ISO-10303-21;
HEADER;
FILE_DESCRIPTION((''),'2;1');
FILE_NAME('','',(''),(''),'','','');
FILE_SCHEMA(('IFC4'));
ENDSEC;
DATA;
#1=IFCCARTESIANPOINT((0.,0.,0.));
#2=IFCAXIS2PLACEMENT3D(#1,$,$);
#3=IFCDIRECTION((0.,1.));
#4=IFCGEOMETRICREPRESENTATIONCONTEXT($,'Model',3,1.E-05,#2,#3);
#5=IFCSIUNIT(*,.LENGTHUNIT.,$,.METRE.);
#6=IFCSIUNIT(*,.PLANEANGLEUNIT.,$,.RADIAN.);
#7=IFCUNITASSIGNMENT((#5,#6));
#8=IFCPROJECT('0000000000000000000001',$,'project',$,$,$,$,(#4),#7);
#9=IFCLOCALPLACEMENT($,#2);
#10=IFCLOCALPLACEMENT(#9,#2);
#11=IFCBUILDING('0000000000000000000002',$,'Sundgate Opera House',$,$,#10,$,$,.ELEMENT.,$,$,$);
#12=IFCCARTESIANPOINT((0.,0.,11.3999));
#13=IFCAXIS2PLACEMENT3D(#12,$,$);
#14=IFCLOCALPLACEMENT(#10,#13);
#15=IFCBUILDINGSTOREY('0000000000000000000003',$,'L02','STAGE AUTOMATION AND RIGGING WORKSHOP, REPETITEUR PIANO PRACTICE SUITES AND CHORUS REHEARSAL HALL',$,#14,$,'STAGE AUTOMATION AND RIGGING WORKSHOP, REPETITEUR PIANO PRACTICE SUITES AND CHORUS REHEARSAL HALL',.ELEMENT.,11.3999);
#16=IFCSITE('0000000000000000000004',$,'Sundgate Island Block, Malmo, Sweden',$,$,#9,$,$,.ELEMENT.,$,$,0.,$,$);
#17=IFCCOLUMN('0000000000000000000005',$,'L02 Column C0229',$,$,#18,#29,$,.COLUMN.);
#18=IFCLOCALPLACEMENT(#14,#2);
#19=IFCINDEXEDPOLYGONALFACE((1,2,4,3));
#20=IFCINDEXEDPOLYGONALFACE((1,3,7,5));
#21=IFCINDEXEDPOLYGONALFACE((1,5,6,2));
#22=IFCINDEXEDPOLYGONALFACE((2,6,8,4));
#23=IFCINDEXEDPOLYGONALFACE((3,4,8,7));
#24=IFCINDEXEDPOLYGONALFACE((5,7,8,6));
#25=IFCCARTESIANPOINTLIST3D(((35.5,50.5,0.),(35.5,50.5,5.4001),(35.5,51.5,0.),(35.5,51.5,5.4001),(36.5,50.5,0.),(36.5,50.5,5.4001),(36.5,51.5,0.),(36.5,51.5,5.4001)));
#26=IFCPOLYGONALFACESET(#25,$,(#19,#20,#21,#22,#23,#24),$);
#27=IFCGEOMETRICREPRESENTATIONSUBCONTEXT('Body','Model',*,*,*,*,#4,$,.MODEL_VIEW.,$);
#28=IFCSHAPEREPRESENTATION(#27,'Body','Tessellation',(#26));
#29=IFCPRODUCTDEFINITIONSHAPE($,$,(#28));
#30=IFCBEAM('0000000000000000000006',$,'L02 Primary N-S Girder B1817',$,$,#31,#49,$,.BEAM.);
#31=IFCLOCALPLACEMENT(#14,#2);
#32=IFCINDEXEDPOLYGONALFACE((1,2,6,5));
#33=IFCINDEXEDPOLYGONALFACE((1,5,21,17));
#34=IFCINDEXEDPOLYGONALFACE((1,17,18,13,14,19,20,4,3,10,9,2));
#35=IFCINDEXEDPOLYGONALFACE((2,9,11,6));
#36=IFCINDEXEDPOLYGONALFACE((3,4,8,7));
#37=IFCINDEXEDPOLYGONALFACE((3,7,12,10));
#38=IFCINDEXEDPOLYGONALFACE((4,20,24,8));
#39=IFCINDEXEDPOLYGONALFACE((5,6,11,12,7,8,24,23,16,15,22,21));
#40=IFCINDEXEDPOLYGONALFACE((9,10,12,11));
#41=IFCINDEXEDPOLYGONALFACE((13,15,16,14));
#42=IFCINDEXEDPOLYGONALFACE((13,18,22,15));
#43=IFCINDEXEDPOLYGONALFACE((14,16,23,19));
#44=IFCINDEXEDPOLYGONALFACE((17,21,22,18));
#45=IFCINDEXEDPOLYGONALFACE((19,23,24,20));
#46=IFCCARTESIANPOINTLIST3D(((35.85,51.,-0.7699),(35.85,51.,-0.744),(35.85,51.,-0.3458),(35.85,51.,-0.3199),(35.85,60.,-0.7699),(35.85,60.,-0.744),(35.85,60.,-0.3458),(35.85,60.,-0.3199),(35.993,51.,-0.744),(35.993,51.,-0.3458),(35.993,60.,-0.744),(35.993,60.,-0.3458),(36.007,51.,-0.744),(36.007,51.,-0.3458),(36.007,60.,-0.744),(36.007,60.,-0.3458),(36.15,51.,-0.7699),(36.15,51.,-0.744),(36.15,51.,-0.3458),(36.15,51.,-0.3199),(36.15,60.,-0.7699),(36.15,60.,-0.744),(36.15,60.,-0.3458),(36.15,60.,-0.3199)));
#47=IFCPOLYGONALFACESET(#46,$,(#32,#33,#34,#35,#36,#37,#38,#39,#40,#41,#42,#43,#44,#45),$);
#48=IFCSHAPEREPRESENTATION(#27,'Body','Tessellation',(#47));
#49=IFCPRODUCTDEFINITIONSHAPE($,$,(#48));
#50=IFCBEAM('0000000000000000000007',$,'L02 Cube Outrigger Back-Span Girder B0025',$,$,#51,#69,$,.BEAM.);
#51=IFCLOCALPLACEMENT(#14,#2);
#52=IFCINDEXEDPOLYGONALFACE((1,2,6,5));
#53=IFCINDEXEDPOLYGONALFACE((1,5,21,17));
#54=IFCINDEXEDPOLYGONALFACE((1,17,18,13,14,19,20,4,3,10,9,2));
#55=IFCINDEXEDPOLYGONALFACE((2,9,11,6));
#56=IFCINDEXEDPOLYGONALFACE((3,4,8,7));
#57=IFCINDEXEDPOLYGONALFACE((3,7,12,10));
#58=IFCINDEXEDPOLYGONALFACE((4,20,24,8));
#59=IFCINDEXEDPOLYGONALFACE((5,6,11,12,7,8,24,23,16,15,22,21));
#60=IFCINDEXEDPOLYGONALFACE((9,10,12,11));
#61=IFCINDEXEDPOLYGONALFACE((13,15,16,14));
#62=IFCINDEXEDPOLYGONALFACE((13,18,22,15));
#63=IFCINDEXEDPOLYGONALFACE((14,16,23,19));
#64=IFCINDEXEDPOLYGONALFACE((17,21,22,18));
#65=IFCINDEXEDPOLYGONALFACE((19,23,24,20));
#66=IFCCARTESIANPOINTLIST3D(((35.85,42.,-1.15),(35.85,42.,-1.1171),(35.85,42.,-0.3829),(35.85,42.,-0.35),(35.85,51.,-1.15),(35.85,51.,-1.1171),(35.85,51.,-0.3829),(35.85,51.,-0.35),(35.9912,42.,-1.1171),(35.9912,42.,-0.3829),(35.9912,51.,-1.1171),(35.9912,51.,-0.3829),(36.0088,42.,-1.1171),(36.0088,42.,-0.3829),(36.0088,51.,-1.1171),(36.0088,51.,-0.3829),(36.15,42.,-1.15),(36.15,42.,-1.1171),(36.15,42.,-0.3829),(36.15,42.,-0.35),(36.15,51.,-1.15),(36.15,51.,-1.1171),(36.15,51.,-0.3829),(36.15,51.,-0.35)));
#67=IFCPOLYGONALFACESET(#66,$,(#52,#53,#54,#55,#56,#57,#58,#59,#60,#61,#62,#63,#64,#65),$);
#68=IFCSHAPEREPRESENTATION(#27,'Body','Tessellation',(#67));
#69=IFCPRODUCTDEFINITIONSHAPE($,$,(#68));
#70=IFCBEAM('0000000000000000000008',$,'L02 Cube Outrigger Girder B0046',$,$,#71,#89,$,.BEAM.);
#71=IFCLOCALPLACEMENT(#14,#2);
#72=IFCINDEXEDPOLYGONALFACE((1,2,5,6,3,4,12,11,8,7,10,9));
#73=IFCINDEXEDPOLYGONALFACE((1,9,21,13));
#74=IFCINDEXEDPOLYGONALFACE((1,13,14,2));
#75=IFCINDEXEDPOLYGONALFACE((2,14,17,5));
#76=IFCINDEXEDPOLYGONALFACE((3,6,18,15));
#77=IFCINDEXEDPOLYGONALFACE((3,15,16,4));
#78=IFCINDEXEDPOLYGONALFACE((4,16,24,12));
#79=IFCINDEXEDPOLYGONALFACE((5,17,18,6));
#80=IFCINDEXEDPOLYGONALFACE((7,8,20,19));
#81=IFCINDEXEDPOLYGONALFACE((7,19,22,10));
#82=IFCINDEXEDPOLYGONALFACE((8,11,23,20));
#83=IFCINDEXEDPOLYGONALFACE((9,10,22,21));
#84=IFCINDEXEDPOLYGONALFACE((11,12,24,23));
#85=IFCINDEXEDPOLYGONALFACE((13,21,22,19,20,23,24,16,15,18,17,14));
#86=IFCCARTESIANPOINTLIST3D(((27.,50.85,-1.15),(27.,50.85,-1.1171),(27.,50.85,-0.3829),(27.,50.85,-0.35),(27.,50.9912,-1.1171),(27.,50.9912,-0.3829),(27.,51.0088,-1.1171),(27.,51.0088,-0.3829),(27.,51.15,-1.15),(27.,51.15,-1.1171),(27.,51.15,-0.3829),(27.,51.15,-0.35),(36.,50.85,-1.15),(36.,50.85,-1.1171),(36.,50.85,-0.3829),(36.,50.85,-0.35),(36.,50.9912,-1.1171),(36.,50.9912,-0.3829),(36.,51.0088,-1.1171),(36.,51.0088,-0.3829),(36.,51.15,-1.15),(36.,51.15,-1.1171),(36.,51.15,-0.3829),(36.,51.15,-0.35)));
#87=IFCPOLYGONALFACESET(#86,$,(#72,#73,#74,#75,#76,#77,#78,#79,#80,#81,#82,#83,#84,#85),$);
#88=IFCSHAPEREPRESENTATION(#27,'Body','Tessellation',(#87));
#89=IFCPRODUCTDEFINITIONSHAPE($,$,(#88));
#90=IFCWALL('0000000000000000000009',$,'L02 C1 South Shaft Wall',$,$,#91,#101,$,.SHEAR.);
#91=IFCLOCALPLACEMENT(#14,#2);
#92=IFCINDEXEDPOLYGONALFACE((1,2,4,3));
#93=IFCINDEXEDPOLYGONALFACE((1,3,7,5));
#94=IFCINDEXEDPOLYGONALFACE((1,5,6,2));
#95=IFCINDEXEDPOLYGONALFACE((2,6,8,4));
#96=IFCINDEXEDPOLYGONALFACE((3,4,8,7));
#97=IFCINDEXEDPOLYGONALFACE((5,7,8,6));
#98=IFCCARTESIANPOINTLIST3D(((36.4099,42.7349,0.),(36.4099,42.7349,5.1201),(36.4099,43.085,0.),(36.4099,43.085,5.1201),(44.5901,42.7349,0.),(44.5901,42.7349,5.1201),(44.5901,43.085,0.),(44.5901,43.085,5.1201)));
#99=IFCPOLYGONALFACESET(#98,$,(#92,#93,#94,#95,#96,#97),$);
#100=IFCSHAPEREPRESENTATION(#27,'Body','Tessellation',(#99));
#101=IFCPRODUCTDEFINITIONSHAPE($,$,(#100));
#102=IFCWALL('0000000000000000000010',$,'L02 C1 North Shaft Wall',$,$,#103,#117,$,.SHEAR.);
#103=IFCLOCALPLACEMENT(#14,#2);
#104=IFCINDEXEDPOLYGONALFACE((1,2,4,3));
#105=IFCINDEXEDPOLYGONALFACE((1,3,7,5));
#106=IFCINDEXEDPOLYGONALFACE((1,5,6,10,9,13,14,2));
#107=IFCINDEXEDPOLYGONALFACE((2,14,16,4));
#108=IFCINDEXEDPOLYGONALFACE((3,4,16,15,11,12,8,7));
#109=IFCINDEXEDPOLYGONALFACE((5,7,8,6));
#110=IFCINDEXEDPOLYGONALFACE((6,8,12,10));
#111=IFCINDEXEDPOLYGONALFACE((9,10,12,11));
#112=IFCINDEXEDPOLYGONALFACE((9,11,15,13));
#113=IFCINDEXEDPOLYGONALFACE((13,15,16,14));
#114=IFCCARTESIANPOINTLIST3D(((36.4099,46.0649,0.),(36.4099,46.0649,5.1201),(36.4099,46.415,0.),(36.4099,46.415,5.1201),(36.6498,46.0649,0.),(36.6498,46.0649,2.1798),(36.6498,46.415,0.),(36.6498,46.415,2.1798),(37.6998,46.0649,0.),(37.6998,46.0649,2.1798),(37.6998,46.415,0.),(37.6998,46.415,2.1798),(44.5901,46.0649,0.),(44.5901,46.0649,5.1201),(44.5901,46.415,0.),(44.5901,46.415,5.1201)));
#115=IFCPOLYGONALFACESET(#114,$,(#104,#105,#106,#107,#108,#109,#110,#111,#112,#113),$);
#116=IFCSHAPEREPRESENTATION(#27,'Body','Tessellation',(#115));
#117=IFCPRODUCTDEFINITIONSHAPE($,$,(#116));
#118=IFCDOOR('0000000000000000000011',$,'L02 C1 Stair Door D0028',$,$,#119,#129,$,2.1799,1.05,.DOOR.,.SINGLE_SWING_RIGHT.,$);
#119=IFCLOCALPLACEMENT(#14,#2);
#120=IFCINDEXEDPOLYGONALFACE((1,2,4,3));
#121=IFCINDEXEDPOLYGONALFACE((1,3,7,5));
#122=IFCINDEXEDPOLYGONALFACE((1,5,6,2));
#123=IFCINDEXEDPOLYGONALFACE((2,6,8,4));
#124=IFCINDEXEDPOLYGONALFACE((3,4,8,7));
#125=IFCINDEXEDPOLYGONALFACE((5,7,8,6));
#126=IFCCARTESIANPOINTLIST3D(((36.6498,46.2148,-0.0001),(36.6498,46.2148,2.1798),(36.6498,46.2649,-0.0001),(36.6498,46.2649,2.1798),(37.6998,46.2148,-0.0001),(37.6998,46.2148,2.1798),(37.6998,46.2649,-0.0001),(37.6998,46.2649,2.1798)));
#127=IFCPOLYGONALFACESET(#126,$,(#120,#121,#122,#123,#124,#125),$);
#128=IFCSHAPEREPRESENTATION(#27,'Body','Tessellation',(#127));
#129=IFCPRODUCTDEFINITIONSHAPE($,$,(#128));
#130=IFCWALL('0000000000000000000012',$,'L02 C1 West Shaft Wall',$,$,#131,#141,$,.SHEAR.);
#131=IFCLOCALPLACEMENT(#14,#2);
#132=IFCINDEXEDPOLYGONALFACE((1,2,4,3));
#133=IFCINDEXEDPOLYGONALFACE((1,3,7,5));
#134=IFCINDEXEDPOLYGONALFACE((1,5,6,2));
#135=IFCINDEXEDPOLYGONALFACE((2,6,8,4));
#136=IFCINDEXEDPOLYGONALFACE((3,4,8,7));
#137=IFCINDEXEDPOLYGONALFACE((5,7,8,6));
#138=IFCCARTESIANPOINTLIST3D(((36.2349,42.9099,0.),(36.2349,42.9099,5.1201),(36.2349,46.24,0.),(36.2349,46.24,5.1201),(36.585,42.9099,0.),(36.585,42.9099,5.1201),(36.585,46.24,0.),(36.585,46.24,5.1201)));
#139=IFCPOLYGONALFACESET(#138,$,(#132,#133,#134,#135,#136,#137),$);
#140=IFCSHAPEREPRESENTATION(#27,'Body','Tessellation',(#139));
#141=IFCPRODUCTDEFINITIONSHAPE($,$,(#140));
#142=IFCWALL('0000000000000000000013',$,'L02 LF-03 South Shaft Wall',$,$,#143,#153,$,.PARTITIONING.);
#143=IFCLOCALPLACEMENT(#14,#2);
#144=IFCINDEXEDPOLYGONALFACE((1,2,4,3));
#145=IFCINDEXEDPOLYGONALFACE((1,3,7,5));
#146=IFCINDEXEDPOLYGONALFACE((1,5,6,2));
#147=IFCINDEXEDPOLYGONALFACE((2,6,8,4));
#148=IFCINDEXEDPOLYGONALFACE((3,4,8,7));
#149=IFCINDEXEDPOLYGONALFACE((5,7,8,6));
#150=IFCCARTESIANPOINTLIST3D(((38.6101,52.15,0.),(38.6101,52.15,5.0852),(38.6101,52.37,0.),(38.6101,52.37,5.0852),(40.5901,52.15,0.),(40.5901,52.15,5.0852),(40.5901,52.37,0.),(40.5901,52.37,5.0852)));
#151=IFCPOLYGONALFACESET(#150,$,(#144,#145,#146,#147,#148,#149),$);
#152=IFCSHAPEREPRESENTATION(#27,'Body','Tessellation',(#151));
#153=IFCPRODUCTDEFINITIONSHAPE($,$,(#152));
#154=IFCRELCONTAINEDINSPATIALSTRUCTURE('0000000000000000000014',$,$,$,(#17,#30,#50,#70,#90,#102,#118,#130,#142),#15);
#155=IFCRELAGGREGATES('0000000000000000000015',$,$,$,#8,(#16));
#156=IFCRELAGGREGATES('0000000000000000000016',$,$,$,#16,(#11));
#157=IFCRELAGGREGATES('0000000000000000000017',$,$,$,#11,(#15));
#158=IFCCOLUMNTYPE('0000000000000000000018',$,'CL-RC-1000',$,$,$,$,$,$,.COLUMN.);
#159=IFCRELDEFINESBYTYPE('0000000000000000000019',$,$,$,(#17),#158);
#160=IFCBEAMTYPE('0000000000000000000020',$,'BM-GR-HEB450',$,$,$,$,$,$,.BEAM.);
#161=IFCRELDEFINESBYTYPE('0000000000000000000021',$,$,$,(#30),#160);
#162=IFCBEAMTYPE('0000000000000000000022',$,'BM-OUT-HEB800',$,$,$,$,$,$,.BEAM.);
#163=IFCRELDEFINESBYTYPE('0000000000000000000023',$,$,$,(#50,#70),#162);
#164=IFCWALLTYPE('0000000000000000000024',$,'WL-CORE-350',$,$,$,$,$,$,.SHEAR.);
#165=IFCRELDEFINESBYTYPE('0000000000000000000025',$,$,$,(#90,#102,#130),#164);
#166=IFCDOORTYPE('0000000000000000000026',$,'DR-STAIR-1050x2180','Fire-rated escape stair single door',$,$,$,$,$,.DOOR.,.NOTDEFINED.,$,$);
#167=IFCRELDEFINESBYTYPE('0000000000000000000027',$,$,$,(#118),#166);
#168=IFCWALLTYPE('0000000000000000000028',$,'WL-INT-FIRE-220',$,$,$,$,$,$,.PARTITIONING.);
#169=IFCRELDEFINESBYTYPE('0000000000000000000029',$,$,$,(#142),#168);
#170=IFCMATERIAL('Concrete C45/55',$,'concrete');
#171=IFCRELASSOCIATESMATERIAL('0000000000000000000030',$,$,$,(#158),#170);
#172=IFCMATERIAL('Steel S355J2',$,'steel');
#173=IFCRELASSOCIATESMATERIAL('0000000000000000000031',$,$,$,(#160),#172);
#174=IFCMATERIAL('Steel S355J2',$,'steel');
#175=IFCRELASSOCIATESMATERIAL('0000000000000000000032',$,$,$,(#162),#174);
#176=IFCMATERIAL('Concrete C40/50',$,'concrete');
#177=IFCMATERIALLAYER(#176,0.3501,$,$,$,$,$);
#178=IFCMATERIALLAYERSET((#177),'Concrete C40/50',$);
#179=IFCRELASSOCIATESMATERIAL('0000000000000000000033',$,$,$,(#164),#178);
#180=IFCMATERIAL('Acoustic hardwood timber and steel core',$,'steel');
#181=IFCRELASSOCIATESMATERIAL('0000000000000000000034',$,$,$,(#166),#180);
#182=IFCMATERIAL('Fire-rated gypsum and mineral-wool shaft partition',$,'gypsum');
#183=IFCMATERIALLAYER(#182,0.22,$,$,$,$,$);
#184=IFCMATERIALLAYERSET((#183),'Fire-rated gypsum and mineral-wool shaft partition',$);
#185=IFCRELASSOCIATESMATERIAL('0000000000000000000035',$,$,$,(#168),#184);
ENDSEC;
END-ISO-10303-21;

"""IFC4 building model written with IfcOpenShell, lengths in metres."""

from ifc_helpers import new_model, si_unit, direction, frame, frame_2d, origin, origin_2d, place, context, subcontext, project, spatial, rectangle, i_section, extrude, material, layer, layer_set, material_profile, profile_set, type_object, element, fill, save


model = new_model("IFC4")

# Units and contexts
model_context = context("Model", 3, precision=1e-05, world=origin(), true_north=direction((0.0, 1.0)))
body_context = subcontext(model_context, "Body", "Model", "MODEL_VIEW")
ifc_project = project(units=[si_unit("LENGTHUNIT", "METRE"), si_unit("PLANEANGLEUNIT", "RADIAN")], contexts=[model_context])

# Site, building, storey
site_placement = place(None, origin())
site = spatial("IfcSite", under=ifc_project, at=site_placement, Name="Sundgate Island Block, Malmo, Sweden", CompositionType="ELEMENT", RefElevation=0.0)
building_placement = place(site_placement, origin())
building = spatial("IfcBuilding", under=site, at=building_placement, Name="Sundgate Opera House", CompositionType="ELEMENT")
storey_placement = place(building_placement, frame((0.0, 0.0, 11.3999)))
storey = spatial("IfcBuildingStorey", under=building, at=storey_placement, Name="L02", Description="STAGE AUTOMATION AND RIGGING WORKSHOP, REPETITEUR PIANO PRACTICE SUITES AND CHORUS REHEARSAL HALL", LongName="STAGE AUTOMATION AND RIGGING WORKSHOP, REPETITEUR PIANO PRACTICE SUITES AND CHORUS REHEARSAL HALL", CompositionType="ELEMENT", Elevation=11.3999)

# Column
ifc_material_1 = material(Name="Concrete C45/55", Category="concrete")
ifc_material_profile_1 = material_profile(ifc_material_1, rectangle(XDim=1.0, YDim=1.0, at=origin_2d()), Name="RC 1000x1000")
ifc_profile_set_1 = profile_set([ifc_material_profile_1], Name="Concrete C45/55")
column_type = type_object("IfcColumnType", Name="CL-RC-1000", PredefinedType="COLUMN", material=ifc_profile_set_1)
column_placement = place(storey_placement, frame((36.0, 51.0, 0.0), z_axis=(0.0, 0.0, 1.0), x_axis=(1.0, 0.0, 0.0)))
element("IfcColumn", 1, at=column_placement, inside=storey, type_object=column_type, Name="L02 Column C0229", PredefinedType="COLUMN", context=body_context, shape_type="SweptSolid", body=[
    extrude(rectangle(XDim=1.0, YDim=1.0, at=origin_2d()), origin(), (0.0, 0.0, 1.0), 5.4001),
])

# Beams
ifc_material_2 = material(Name="Steel S355J2", Category="steel")
ifc_material_profile_2 = material_profile(ifc_material_2, i_section(OverallWidth=0.3, OverallDepth=0.45, WebThickness=0.0139, FlangeThickness=0.0259, at=origin_2d()), Name="HEB 450")
ifc_profile_set_2 = profile_set([ifc_material_profile_2], Name="Steel S355J2")
beam_type_1 = type_object("IfcBeamType", Name="BM-GR-HEB450", PredefinedType="BEAM", material=ifc_profile_set_2)
beam_placement = place(storey_placement, frame((36.0, 51.0, -0.5449), z_axis=(0.0, 1.0, 0.0), x_axis=(-1.0, 0.0, 0.0)))
element("IfcBeam", 2, at=beam_placement, inside=storey, type_object=beam_type_1, Name="L02 Primary N-S Girder B1817", PredefinedType="BEAM", context=body_context, shape_type="SweptSolid", body=[
    extrude(i_section(OverallWidth=0.3, OverallDepth=0.45, WebThickness=0.0139, FlangeThickness=0.0259, at=origin_2d()), origin(), (0.0, 0.0, 1.0), 9.0),
])
ifc_material_3 = material(Name="Steel S355J2", Category="steel")
ifc_material_profile_3 = material_profile(ifc_material_3, i_section(OverallWidth=0.3, OverallDepth=0.8, WebThickness=0.0176, FlangeThickness=0.033, at=origin_2d()), Name="HEB 800")
ifc_profile_set_3 = profile_set([ifc_material_profile_3], Name="Steel S355J2")
beam_type_2 = type_object("IfcBeamType", Name="BM-OUT-HEB800", PredefinedType="BEAM", material=ifc_profile_set_3)
for number, where, z_axis, x_axis, name in (
    (3, (36.0, 51.0, -0.75), (0.0, -1.0, 0.0), (1.0, 0.0, 0.0), "L02 Cube Outrigger Back-Span Girder B0025"),
    (4, (36.0, 51.0, -0.75), (-1.0, 0.0, 0.0), (0.0, -1.0, 0.0), "L02 Cube Outrigger Girder B0046"),
):
    element("IfcBeam", number, at=place(storey_placement, frame(where, z_axis=z_axis, x_axis=x_axis)), inside=storey, type_object=beam_type_2, Name=name, PredefinedType="BEAM", context=body_context, shape_type="SweptSolid", body=[
        extrude(i_section(OverallWidth=0.3, OverallDepth=0.8, WebThickness=0.0176, FlangeThickness=0.033, at=origin_2d()), origin(), (0.0, 0.0, 1.0), 9.0),
    ])

# Wall
ifc_material_4 = material(Name="Concrete C40/50", Category="concrete")
ifc_layer_1 = layer(ifc_material_4, 0.3501)
ifc_layer_set_1 = layer_set([ifc_layer_1], Name="Concrete C40/50")
wall_type_1 = type_object("IfcWallType", Name="WL-CORE-350", PredefinedType="SHEAR", material=ifc_layer_set_1)
wall_1_placement = place(storey_placement, frame((36.4099, 42.9099, 0.0), z_axis=(0.0, 0.0, 1.0), x_axis=(1.0, 0.0, 0.0)))
element("IfcWall", 5, at=wall_1_placement, inside=storey, type_object=wall_type_1, Name="L02 C1 South Shaft Wall", PredefinedType="SHEAR", context=body_context, shape_type="SweptSolid", body=[
    extrude(rectangle(XDim=8.1802, YDim=0.3501, at=frame_2d((4.0901, 0.0))), origin(), (0.0, 0.0, 1.0), 5.1201),
])

# Wall, opening, door
wall_2_placement = place(storey_placement, frame((36.4099, 46.24, 0.0), z_axis=(0.0, 0.0, 1.0), x_axis=(1.0, 0.0, 0.0)))
wall_2 = element("IfcWall", 6, at=wall_2_placement, inside=storey, type_object=wall_type_1, Name="L02 C1 North Shaft Wall", PredefinedType="SHEAR", context=body_context, shape_type="SweptSolid", body=[
    extrude(rectangle(XDim=8.1802, YDim=0.3501, at=frame_2d((4.0901, 0.0))), origin(), (0.0, 0.0, 1.0), 5.1201),
])
opening_1_placement = place(wall_2_placement, frame((0.24, 0.0, 0.0)))
opening_1 = element("IfcOpeningElement", 7, at=opening_1_placement, cuts=wall_2, PredefinedType="OPENING", context=body_context, shape_type="SweptSolid", body=[
    extrude(rectangle(XDim=1.05, YDim=2.1799, at=frame_2d((0.5249, 1.0898))), frame((0.0, 0.1851, 0.0), z_axis=(0.0, -1.0, 0.0), x_axis=(1.0, 0.0, 0.0)), (0.0, 0.0, 1.0), 0.3701),
])
ifc_material_5 = material(Name="Acoustic hardwood timber and steel core", Category="steel")
door_type_1 = type_object("IfcDoorType", Name="DR-STAIR-1050x2180", Description="Fire-rated escape stair single door", OperationType="NOTDEFINED", PredefinedType="DOOR", material=ifc_material_5)
door_1_placement = place(opening_1_placement, origin())
door_1 = element("IfcDoor", 8, at=door_1_placement, inside=storey, type_object=door_type_1, Name="L02 C1 Stair Door D0028", OperationType="SINGLE_SWING_RIGHT", OverallHeight=2.1799, OverallWidth=1.05, PredefinedType="DOOR", context=body_context, shape_type="SweptSolid", body=[
    extrude(rectangle(XDim=1.05, YDim=2.1799, at=frame_2d((0.5249, 1.0898))), frame((0.0, 0.0249, 0.0), z_axis=(0.0, -1.0, 0.0), x_axis=(1.0, 0.0, 0.0)), (0.0, 0.0, 1.0), 0.05),
])
fill(opening_1, door_1)

# Walls
wall_3_placement = place(storey_placement, frame((36.4099, 42.9099, 0.0), z_axis=(0.0, 0.0, 1.0), x_axis=(0.0, 1.0, 0.0)))
element("IfcWall", 9, at=wall_3_placement, inside=storey, type_object=wall_type_1, Name="L02 C1 West Shaft Wall", PredefinedType="SHEAR", context=body_context, shape_type="SweptSolid", body=[
    extrude(rectangle(XDim=3.3301, YDim=0.3501, at=frame_2d((1.665, 0.0))), origin(), (0.0, 0.0, 1.0), 5.1201),
])
ifc_material_6 = material(Name="Fire-rated gypsum and mineral-wool shaft partition", Category="gypsum")
ifc_layer_2 = layer(ifc_material_6, 0.22)
ifc_layer_set_2 = layer_set([ifc_layer_2], Name="Fire-rated gypsum and mineral-wool shaft partition")
wall_type_2 = type_object("IfcWallType", Name="WL-INT-FIRE-220", PredefinedType="PARTITIONING", material=ifc_layer_set_2)
wall_4_placement = place(storey_placement, frame((38.6101, 52.26, 0.0), z_axis=(0.0, 0.0, 1.0), x_axis=(1.0, 0.0, 0.0)))
element("IfcWall", 10, at=wall_4_placement, inside=storey, type_object=wall_type_2, Name="L02 LF-03 South Shaft Wall", PredefinedType="PARTITIONING", context=body_context, shape_type="SweptSolid", body=[
    extrude(rectangle(XDim=1.98, YDim=0.22, at=frame_2d((0.99, 0.0))), origin(), (0.0, 0.0, 1.0), 5.0852),
])

save(model, "model.ifc")
